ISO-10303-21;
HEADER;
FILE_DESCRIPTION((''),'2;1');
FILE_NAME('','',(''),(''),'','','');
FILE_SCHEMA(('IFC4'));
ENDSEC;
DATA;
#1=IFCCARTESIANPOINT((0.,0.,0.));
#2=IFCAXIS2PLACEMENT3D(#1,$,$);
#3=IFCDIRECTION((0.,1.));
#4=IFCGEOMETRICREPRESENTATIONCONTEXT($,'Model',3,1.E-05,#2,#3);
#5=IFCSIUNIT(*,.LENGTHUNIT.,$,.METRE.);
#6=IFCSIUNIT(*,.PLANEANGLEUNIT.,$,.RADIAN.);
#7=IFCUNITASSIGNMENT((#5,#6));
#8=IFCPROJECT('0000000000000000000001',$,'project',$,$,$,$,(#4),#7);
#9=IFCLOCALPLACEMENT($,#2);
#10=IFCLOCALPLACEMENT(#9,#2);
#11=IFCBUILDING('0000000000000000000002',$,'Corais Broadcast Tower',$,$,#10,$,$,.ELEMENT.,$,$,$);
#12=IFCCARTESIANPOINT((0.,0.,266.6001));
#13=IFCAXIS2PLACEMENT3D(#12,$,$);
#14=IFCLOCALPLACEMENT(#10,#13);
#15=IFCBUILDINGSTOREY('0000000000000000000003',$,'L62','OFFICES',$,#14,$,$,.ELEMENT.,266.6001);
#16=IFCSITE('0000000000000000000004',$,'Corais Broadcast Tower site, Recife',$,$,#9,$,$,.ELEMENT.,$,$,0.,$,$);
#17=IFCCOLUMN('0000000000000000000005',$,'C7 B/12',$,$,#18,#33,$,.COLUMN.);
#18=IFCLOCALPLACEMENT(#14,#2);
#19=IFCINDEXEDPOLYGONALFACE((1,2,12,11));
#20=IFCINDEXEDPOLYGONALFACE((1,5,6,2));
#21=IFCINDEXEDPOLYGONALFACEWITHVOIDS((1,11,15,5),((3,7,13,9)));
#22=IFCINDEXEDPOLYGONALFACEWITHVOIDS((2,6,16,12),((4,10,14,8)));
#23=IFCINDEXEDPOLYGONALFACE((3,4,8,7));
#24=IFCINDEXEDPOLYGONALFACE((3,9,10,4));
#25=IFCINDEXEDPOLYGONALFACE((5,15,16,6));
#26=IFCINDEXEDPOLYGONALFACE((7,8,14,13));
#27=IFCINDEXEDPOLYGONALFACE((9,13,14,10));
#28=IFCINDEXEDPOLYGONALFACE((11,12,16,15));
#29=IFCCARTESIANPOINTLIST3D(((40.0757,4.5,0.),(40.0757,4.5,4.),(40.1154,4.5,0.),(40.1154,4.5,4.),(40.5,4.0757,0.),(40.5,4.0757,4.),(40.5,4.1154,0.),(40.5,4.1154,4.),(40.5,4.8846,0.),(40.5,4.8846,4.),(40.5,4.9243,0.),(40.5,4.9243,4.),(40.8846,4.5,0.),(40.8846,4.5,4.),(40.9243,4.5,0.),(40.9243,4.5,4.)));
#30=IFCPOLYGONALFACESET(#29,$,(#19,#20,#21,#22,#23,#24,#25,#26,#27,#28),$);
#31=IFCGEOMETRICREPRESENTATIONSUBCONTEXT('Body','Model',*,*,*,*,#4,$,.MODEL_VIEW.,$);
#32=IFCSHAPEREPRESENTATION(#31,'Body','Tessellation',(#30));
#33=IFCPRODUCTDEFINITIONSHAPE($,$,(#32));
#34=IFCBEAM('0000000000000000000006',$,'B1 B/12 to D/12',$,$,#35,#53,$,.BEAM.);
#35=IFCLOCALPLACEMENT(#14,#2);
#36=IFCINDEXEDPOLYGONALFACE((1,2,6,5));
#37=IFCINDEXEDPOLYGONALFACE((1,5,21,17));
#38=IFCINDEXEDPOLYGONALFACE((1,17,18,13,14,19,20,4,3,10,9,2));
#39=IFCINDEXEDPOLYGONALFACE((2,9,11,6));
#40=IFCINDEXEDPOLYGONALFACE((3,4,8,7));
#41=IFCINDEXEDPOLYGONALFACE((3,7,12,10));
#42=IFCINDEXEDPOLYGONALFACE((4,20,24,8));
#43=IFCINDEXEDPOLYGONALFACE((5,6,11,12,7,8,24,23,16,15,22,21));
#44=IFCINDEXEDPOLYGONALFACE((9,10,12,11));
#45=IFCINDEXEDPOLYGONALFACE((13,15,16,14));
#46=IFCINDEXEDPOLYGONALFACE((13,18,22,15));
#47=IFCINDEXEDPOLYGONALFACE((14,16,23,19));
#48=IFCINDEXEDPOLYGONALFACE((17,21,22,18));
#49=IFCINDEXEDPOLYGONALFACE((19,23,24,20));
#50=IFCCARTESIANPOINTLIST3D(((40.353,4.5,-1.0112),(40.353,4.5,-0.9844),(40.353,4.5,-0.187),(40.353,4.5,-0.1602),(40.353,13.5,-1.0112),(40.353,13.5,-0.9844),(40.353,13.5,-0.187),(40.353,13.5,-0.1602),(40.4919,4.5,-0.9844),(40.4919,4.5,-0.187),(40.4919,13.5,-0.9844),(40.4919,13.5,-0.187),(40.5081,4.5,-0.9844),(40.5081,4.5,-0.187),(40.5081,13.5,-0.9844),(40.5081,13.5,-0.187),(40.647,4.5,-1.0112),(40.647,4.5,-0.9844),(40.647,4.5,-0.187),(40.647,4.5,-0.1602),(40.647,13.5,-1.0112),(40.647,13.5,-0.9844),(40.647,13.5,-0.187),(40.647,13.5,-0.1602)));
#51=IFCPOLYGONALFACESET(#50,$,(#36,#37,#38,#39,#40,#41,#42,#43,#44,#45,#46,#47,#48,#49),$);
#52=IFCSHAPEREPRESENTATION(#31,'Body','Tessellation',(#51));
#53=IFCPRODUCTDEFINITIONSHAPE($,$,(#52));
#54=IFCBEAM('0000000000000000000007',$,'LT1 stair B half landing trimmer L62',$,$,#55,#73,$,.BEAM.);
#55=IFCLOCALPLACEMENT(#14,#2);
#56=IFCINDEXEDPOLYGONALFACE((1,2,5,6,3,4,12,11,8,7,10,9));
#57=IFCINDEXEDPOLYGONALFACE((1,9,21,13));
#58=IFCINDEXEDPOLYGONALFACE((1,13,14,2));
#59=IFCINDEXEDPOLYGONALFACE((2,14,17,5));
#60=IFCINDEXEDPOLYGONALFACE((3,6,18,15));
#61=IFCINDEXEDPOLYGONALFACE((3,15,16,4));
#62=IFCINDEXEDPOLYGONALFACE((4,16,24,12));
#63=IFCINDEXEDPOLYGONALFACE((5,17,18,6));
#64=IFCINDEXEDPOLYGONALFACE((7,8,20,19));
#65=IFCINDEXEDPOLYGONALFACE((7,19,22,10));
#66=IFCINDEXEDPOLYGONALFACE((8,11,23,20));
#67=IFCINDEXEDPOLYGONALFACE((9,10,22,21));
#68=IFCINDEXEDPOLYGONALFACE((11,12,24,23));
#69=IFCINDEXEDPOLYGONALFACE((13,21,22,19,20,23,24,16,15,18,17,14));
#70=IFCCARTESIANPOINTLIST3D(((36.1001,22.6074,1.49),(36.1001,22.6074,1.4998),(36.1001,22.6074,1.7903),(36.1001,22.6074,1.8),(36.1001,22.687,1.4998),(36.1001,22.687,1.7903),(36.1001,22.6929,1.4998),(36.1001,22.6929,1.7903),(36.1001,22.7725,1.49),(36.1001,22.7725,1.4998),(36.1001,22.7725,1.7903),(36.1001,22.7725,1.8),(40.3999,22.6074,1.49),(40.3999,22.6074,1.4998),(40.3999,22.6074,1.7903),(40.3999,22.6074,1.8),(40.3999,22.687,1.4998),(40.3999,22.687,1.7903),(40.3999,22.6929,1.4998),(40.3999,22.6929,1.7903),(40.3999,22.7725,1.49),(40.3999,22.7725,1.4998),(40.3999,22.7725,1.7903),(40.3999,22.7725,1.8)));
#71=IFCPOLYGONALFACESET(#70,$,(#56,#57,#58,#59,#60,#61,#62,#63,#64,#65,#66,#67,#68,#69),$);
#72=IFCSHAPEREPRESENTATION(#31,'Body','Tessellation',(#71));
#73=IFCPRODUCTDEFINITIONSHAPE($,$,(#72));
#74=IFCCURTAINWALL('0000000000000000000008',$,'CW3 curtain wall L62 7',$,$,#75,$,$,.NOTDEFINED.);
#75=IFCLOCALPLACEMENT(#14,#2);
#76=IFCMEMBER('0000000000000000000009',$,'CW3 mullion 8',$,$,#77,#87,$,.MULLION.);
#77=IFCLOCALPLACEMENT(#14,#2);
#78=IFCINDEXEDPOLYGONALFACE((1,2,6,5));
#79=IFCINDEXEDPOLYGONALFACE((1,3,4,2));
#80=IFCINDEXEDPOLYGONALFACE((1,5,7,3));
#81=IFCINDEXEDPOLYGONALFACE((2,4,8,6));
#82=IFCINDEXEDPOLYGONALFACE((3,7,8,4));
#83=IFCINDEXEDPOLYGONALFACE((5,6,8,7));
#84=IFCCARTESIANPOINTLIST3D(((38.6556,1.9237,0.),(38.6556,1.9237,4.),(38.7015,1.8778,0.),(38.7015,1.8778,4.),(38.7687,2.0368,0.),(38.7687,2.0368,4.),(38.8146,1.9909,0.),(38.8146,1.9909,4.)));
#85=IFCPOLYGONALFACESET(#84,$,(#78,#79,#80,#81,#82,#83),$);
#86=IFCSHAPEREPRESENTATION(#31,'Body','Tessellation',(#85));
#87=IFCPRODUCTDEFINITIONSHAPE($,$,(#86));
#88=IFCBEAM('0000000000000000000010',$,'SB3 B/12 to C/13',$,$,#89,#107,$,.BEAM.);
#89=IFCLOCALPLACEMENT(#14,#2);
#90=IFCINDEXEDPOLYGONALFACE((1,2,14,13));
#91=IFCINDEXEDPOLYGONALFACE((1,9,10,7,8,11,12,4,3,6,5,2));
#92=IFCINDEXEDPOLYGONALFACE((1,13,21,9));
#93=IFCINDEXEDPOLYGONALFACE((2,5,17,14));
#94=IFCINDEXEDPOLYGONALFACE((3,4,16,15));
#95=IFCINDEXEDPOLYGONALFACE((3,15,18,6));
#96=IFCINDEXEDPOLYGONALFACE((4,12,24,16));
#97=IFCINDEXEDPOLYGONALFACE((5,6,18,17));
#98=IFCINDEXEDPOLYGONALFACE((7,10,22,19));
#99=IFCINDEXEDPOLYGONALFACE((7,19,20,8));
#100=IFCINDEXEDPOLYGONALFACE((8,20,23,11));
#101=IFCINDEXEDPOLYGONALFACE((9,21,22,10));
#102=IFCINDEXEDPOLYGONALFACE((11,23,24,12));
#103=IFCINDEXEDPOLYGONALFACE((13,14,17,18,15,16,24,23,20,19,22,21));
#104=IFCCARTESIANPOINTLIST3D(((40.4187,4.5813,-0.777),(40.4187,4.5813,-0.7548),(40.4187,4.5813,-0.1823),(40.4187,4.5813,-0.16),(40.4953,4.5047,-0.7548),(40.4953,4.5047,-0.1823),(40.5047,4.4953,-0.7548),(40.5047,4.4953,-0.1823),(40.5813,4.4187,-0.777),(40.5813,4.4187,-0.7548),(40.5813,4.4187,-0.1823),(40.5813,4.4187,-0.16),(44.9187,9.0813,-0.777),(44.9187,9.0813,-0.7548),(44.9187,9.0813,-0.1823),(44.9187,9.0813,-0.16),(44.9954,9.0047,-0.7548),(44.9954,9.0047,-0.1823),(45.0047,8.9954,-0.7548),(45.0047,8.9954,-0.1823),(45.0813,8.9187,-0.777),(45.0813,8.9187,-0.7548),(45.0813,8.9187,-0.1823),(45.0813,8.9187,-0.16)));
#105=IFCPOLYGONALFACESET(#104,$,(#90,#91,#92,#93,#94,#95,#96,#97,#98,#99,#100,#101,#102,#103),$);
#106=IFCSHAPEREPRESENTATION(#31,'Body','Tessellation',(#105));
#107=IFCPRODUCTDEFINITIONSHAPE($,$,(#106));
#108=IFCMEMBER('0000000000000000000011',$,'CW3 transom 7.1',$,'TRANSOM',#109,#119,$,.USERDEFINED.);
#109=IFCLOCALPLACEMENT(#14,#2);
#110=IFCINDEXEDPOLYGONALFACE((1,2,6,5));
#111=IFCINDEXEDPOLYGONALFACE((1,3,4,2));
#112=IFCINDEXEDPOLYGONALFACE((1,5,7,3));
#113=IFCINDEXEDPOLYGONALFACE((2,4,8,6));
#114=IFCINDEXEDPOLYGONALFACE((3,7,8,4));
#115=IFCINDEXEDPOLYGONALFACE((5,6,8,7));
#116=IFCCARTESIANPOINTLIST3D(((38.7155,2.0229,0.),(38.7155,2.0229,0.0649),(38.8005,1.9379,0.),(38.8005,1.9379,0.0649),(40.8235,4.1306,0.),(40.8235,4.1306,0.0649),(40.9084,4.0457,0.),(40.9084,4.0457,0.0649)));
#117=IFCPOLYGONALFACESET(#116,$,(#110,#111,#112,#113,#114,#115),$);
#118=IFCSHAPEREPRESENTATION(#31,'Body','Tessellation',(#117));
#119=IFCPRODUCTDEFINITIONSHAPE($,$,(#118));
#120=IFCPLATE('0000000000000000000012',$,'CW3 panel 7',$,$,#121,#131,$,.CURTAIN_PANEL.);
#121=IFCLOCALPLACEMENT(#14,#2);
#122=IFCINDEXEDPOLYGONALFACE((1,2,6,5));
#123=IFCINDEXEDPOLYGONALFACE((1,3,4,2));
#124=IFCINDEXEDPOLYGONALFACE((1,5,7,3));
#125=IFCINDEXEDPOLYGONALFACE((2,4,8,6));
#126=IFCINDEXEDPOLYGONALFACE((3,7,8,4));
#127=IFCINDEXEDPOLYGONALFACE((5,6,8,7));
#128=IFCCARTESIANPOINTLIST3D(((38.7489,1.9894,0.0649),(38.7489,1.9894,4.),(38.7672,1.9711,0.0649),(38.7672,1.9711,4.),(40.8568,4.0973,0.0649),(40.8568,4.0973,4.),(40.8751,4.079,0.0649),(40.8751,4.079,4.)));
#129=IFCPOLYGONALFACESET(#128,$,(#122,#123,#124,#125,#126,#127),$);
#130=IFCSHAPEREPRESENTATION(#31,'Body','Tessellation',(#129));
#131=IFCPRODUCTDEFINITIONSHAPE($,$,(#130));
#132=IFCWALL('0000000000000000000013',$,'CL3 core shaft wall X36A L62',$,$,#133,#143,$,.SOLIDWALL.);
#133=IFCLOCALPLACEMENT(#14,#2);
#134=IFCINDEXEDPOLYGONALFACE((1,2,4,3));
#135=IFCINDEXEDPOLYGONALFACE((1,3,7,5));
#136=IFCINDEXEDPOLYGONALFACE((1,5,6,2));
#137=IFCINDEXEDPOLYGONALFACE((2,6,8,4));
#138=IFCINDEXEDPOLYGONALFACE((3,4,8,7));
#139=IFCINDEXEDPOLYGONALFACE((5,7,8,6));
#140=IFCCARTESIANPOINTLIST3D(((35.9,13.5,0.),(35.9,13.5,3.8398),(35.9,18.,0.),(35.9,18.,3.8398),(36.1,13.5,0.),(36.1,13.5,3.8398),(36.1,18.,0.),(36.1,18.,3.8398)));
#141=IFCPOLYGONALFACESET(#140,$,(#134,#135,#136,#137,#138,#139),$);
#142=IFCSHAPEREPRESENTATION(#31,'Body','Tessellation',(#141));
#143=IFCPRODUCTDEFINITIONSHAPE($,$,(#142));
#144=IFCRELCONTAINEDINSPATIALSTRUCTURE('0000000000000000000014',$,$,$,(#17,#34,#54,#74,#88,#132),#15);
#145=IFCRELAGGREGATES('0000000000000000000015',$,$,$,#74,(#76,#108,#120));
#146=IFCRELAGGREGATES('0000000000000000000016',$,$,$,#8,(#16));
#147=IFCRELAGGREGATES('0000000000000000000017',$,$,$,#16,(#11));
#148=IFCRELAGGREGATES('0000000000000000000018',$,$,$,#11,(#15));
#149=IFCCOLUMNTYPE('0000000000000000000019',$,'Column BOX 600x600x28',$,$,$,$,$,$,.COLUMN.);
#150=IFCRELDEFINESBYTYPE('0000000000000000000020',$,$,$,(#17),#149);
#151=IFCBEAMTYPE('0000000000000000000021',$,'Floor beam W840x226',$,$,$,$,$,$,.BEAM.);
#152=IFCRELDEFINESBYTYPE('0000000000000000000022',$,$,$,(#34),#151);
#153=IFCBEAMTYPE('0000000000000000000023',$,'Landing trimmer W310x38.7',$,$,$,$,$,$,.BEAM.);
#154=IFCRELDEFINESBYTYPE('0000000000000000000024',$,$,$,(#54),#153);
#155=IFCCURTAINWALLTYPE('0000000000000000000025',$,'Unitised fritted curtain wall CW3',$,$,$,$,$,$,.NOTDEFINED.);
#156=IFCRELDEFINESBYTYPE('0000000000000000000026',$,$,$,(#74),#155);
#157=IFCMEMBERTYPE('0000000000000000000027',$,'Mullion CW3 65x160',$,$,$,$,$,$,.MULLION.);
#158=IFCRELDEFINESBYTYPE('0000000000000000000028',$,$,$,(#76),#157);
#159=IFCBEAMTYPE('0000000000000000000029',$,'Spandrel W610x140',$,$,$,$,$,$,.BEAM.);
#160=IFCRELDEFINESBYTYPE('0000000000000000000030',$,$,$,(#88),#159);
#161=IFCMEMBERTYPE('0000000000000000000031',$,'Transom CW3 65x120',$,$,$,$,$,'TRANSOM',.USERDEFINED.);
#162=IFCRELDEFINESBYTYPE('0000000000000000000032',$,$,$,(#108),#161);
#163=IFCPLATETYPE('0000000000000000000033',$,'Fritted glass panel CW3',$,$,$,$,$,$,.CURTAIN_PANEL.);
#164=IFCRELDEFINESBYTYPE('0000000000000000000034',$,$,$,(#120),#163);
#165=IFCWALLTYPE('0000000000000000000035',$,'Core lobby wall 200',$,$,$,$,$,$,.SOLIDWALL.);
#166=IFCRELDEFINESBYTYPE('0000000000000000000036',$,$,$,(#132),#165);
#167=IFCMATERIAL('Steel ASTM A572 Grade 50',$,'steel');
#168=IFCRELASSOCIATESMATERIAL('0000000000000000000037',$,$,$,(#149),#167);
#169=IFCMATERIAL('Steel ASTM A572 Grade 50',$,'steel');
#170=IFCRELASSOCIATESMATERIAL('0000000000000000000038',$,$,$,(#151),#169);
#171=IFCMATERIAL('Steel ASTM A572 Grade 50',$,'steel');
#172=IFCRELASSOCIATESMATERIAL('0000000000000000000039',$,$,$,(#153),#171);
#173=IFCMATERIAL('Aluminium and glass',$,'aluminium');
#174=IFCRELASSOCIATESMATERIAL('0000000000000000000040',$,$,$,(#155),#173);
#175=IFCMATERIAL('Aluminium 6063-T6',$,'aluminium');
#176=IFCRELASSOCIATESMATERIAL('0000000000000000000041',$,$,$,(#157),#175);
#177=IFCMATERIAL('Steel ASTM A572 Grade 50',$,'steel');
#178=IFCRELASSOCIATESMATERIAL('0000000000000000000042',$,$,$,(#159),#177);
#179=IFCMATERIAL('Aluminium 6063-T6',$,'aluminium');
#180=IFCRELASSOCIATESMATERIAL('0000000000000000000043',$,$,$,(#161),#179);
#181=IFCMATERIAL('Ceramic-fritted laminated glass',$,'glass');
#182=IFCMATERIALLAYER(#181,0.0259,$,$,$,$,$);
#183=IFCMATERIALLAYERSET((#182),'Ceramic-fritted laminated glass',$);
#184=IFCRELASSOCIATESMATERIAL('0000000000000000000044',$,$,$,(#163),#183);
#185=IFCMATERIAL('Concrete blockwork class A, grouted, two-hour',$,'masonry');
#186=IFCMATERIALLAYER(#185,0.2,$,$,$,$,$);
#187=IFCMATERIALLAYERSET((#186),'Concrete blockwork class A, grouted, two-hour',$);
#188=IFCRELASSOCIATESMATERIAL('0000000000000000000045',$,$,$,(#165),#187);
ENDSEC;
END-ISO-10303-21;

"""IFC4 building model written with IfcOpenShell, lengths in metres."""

from ifc_helpers import new_model, si_unit, direction, frame, frame_2d, origin, origin_2d, place, context, subcontext, project, spatial, rectangle, hollow_rectangle, i_section, extrude, material, layer, layer_set, material_profile, profile_set, type_object, element, aggregate, save


model = new_model("IFC4")

# Units and contexts
model_context = context("Model", 3, precision=1e-05, world=origin(), true_north=direction((0.0, 1.0)))
body_context = subcontext(model_context, "Body", "Model", "MODEL_VIEW")
ifc_project = project(units=[si_unit("LENGTHUNIT", "METRE"), si_unit("PLANEANGLEUNIT", "RADIAN")], contexts=[model_context])

# Site, building, storey
site_placement = place(None, origin())
site = spatial("IfcSite", under=ifc_project, at=site_placement, Name="Corais Broadcast Tower site, Recife", CompositionType="ELEMENT", RefElevation=0.0)
building_placement = place(site_placement, origin())
building = spatial("IfcBuilding", under=site, at=building_placement, Name="Corais Broadcast Tower", CompositionType="ELEMENT")
storey_placement = place(building_placement, frame((0.0, 0.0, 266.6001)))
storey = spatial("IfcBuildingStorey", under=building, at=storey_placement, Name="L62", Description="OFFICES", CompositionType="ELEMENT", Elevation=266.6001)

# Column
ifc_material_1 = material(Name="Steel ASTM A572 Grade 50", Category="steel")
ifc_material_profile_1 = material_profile(ifc_material_1, hollow_rectangle(XDim=0.6001, YDim=0.6001, WallThickness=0.0281, at=origin_2d()), Name="BOX 600x600x28")
ifc_profile_set_1 = profile_set([ifc_material_profile_1], Name="Steel ASTM A572 Grade 50")
column_type = type_object("IfcColumnType", Name="Column BOX 600x600x28", PredefinedType="COLUMN", material=ifc_profile_set_1)
column_placement = place(storey_placement, frame((40.5, 4.5, 0.0), z_axis=(0.0, 0.0, 1.0), x_axis=(0.707107, 0.707107, 0.0)))
element("IfcColumn", 1, at=column_placement, inside=storey, type_object=column_type, Name="C7 B/12", PredefinedType="COLUMN", context=body_context, shape_type="SweptSolid", body=[
    extrude(hollow_rectangle(XDim=0.6001, YDim=0.6001, WallThickness=0.0281, at=origin_2d()), origin(), (0.0, 0.0, 1.0), 4.0),
])

# Beams
ifc_material_2 = material(Name="Steel ASTM A572 Grade 50", Category="steel")
ifc_material_profile_2 = material_profile(ifc_material_2, i_section(OverallWidth=0.2939, OverallDepth=0.8511, WebThickness=0.0161, FlangeThickness=0.0269, at=origin_2d()), Name="W840x226")
ifc_profile_set_2 = profile_set([ifc_material_profile_2], Name="Steel ASTM A572 Grade 50")
beam_type_1 = type_object("IfcBeamType", Name="Floor beam W840x226", PredefinedType="BEAM", material=ifc_profile_set_2)
beam_1_placement = place(storey_placement, frame((40.5, 4.5, -0.5857), z_axis=(0.0, 1.0, 0.0), x_axis=(-1.0, 0.0, 0.0)))
element("IfcBeam", 2, at=beam_1_placement, inside=storey, type_object=beam_type_1, Name="B1 B/12 to D/12", PredefinedType="BEAM", context=body_context, shape_type="SweptSolid", body=[
    extrude(i_section(OverallWidth=0.2939, OverallDepth=0.8511, WebThickness=0.0161, FlangeThickness=0.0269, at=origin_2d()), origin(), (0.0, 0.0, 1.0), 9.0),
])
ifc_material_3 = material(Name="Steel ASTM A572 Grade 50", Category="steel")
ifc_material_profile_3 = material_profile(ifc_material_3, i_section(OverallWidth=0.165, OverallDepth=0.3101, WebThickness=0.0059, FlangeThickness=0.0098, at=origin_2d()), Name="W310x38.7")
ifc_profile_set_3 = profile_set([ifc_material_profile_3], Name="Steel ASTM A572 Grade 50")
beam_type_2 = type_object("IfcBeamType", Name="Landing trimmer W310x38.7", PredefinedType="BEAM", material=ifc_profile_set_3)
beam_2_placement = place(storey_placement, frame((36.1001, 22.6899, 1.645), z_axis=(1.0, 0.0, 0.0), x_axis=(0.0, 1.0, 0.0)))
element("IfcBeam", 3, at=beam_2_placement, inside=storey, type_object=beam_type_2, Name="LT1 stair B half landing trimmer L62", PredefinedType="BEAM", context=body_context, shape_type="SweptSolid", body=[
    extrude(i_section(OverallWidth=0.165, OverallDepth=0.3101, WebThickness=0.0059, FlangeThickness=0.0098, at=origin_2d()), origin(), (0.0, 0.0, 1.0), 4.2998),
])

# Curtain wall, member
ifc_material_4 = material(Name="Aluminium and glass", Category="aluminium")
curtain_wall_type = type_object("IfcCurtainWallType", Name="Unitised fritted curtain wall CW3", PredefinedType="NOTDEFINED", material=ifc_material_4)
curtain_wall_placement = place(storey_placement, origin())
curtain_wall = element("IfcCurtainWall", 4, at=curtain_wall_placement, inside=storey, type_object=curtain_wall_type, Name="CW3 curtain wall L62 7", PredefinedType="NOTDEFINED")
ifc_material_5 = material(Name="Aluminium 6063-T6", Category="aluminium")
ifc_material_profile_4 = material_profile(ifc_material_5, rectangle(XDim=0.0649, YDim=0.1599, at=origin_2d()), Name="Mullion CW3 65x160")
ifc_profile_set_4 = profile_set([ifc_material_profile_4], Name="Aluminium 6063-T6")
member_type_1 = type_object("IfcMemberType", Name="Mullion CW3 65x160", PredefinedType="MULLION", material=ifc_profile_set_4)
member_1_placement = place(storey_placement, frame((38.7351, 1.9573, 0.0), z_axis=(0.0, 0.0, 1.0), x_axis=(0.707107, -0.707107, 0.0)))
member_1 = element("IfcMember", 5, at=member_1_placement, type_object=member_type_1, Name="CW3 mullion 8", PredefinedType="MULLION", context=body_context, shape_type="SweptSolid", body=[
    extrude(rectangle(XDim=0.0649, YDim=0.1599, at=origin_2d()), origin(), (0.0, 0.0, 1.0), 4.0),
])

# Beam
ifc_material_6 = material(Name="Steel ASTM A572 Grade 50", Category="steel")
ifc_material_profile_5 = material_profile(ifc_material_6, i_section(OverallWidth=0.23, OverallDepth=0.6169, WebThickness=0.0132, FlangeThickness=0.0222, at=origin_2d()), Name="W610x140")
ifc_profile_set_5 = profile_set([ifc_material_profile_5], Name="Steel ASTM A572 Grade 50")
beam_type_3 = type_object("IfcBeamType", Name="Spandrel W610x140", PredefinedType="BEAM", material=ifc_profile_set_5)
beam_3_placement = place(storey_placement, frame((40.5, 4.5, -0.4685), z_axis=(0.707107, 0.707107, 0.0), x_axis=(-0.707107, 0.707107, 0.0)))
element("IfcBeam", 6, at=beam_3_placement, inside=storey, type_object=beam_type_3, Name="SB3 B/12 to C/13", PredefinedType="BEAM", context=body_context, shape_type="SweptSolid", body=[
    extrude(i_section(OverallWidth=0.23, OverallDepth=0.6169, WebThickness=0.0132, FlangeThickness=0.0222, at=origin_2d()), origin(), (0.0, 0.0, 1.0), 6.364),
])

# Member
ifc_material_7 = material(Name="Aluminium 6063-T6", Category="aluminium")
ifc_material_profile_6 = material_profile(ifc_material_7, rectangle(XDim=0.1201, YDim=0.0649, at=origin_2d()), Name="Transom CW3 65x120")
ifc_profile_set_6 = profile_set([ifc_material_profile_6], Name="Aluminium 6063-T6")
member_type_2 = type_object("IfcMemberType", Name="Transom CW3 65x120", ElementType="TRANSOM", PredefinedType="USERDEFINED", material=ifc_profile_set_6)
member_2_placement = place(storey_placement, frame((40.866, 4.0881, 0.0325), z_axis=(-0.707148, -0.707066, 0.0), x_axis=(0.707066, -0.707148, 0.0)))
member_2 = element("IfcMember", 7, at=member_2_placement, type_object=member_type_2, Name="CW3 transom 7.1", ObjectType="TRANSOM", PredefinedType="USERDEFINED", context=body_context, shape_type="SweptSolid", body=[
    extrude(rectangle(XDim=0.1201, YDim=0.0649, at=origin_2d()), origin(), (0.0, 0.0, 1.0), 2.981),
])

# Plate
ifc_material_8 = material(Name="Ceramic-fritted laminated glass", Category="glass")
ifc_layer_1 = layer(ifc_material_8, 0.0259)
ifc_layer_set_1 = layer_set([ifc_layer_1], Name="Ceramic-fritted laminated glass")
plate_type = type_object("IfcPlateType", Name="Fritted glass panel CW3", PredefinedType="CURTAIN_PANEL", material=ifc_layer_set_1)
plate_placement = place(storey_placement, frame((39.812, 3.0342, 0.0649), z_axis=(0.0, 0.0, 1.0), x_axis=(-0.707107, -0.707107, 0.0)))
plate = element("IfcPlate", 8, at=plate_placement, type_object=plate_type, Name="CW3 panel 7", PredefinedType="CURTAIN_PANEL", context=body_context, shape_type="SweptSolid", body=[
    extrude(rectangle(XDim=2.981, YDim=0.0259, at=origin_2d()), origin(), (0.0, 0.0, 1.0), 3.9351),
])
aggregate(curtain_wall, [member_1, member_2, plate])

# Wall
ifc_material_9 = material(Name="Concrete blockwork class A, grouted, two-hour", Category="masonry")
ifc_layer_2 = layer(ifc_material_9, 0.2)
ifc_layer_set_2 = layer_set([ifc_layer_2], Name="Concrete blockwork class A, grouted, two-hour")
wall_type_1 = type_object("IfcWallType", Name="Core lobby wall 200", PredefinedType="SOLIDWALL", material=ifc_layer_set_2)
wall_1_placement = place(storey_placement, frame((36.0, 13.5, 0.0), z_axis=(0.0, 0.0, 1.0), x_axis=(0.0, 1.0, 0.0)))
element("IfcWall", 9, at=wall_1_placement, inside=storey, type_object=wall_type_1, Name="CL3 core shaft wall X36A L62", PredefinedType="SOLIDWALL", context=body_context, shape_type="SweptSolid", body=[
    extrude(rectangle(XDim=4.5, YDim=0.2, at=frame_2d((2.25, 0.0))), origin(), (0.0, 0.0, 1.0), 3.8398),
])

save(model, "model.ifc")
